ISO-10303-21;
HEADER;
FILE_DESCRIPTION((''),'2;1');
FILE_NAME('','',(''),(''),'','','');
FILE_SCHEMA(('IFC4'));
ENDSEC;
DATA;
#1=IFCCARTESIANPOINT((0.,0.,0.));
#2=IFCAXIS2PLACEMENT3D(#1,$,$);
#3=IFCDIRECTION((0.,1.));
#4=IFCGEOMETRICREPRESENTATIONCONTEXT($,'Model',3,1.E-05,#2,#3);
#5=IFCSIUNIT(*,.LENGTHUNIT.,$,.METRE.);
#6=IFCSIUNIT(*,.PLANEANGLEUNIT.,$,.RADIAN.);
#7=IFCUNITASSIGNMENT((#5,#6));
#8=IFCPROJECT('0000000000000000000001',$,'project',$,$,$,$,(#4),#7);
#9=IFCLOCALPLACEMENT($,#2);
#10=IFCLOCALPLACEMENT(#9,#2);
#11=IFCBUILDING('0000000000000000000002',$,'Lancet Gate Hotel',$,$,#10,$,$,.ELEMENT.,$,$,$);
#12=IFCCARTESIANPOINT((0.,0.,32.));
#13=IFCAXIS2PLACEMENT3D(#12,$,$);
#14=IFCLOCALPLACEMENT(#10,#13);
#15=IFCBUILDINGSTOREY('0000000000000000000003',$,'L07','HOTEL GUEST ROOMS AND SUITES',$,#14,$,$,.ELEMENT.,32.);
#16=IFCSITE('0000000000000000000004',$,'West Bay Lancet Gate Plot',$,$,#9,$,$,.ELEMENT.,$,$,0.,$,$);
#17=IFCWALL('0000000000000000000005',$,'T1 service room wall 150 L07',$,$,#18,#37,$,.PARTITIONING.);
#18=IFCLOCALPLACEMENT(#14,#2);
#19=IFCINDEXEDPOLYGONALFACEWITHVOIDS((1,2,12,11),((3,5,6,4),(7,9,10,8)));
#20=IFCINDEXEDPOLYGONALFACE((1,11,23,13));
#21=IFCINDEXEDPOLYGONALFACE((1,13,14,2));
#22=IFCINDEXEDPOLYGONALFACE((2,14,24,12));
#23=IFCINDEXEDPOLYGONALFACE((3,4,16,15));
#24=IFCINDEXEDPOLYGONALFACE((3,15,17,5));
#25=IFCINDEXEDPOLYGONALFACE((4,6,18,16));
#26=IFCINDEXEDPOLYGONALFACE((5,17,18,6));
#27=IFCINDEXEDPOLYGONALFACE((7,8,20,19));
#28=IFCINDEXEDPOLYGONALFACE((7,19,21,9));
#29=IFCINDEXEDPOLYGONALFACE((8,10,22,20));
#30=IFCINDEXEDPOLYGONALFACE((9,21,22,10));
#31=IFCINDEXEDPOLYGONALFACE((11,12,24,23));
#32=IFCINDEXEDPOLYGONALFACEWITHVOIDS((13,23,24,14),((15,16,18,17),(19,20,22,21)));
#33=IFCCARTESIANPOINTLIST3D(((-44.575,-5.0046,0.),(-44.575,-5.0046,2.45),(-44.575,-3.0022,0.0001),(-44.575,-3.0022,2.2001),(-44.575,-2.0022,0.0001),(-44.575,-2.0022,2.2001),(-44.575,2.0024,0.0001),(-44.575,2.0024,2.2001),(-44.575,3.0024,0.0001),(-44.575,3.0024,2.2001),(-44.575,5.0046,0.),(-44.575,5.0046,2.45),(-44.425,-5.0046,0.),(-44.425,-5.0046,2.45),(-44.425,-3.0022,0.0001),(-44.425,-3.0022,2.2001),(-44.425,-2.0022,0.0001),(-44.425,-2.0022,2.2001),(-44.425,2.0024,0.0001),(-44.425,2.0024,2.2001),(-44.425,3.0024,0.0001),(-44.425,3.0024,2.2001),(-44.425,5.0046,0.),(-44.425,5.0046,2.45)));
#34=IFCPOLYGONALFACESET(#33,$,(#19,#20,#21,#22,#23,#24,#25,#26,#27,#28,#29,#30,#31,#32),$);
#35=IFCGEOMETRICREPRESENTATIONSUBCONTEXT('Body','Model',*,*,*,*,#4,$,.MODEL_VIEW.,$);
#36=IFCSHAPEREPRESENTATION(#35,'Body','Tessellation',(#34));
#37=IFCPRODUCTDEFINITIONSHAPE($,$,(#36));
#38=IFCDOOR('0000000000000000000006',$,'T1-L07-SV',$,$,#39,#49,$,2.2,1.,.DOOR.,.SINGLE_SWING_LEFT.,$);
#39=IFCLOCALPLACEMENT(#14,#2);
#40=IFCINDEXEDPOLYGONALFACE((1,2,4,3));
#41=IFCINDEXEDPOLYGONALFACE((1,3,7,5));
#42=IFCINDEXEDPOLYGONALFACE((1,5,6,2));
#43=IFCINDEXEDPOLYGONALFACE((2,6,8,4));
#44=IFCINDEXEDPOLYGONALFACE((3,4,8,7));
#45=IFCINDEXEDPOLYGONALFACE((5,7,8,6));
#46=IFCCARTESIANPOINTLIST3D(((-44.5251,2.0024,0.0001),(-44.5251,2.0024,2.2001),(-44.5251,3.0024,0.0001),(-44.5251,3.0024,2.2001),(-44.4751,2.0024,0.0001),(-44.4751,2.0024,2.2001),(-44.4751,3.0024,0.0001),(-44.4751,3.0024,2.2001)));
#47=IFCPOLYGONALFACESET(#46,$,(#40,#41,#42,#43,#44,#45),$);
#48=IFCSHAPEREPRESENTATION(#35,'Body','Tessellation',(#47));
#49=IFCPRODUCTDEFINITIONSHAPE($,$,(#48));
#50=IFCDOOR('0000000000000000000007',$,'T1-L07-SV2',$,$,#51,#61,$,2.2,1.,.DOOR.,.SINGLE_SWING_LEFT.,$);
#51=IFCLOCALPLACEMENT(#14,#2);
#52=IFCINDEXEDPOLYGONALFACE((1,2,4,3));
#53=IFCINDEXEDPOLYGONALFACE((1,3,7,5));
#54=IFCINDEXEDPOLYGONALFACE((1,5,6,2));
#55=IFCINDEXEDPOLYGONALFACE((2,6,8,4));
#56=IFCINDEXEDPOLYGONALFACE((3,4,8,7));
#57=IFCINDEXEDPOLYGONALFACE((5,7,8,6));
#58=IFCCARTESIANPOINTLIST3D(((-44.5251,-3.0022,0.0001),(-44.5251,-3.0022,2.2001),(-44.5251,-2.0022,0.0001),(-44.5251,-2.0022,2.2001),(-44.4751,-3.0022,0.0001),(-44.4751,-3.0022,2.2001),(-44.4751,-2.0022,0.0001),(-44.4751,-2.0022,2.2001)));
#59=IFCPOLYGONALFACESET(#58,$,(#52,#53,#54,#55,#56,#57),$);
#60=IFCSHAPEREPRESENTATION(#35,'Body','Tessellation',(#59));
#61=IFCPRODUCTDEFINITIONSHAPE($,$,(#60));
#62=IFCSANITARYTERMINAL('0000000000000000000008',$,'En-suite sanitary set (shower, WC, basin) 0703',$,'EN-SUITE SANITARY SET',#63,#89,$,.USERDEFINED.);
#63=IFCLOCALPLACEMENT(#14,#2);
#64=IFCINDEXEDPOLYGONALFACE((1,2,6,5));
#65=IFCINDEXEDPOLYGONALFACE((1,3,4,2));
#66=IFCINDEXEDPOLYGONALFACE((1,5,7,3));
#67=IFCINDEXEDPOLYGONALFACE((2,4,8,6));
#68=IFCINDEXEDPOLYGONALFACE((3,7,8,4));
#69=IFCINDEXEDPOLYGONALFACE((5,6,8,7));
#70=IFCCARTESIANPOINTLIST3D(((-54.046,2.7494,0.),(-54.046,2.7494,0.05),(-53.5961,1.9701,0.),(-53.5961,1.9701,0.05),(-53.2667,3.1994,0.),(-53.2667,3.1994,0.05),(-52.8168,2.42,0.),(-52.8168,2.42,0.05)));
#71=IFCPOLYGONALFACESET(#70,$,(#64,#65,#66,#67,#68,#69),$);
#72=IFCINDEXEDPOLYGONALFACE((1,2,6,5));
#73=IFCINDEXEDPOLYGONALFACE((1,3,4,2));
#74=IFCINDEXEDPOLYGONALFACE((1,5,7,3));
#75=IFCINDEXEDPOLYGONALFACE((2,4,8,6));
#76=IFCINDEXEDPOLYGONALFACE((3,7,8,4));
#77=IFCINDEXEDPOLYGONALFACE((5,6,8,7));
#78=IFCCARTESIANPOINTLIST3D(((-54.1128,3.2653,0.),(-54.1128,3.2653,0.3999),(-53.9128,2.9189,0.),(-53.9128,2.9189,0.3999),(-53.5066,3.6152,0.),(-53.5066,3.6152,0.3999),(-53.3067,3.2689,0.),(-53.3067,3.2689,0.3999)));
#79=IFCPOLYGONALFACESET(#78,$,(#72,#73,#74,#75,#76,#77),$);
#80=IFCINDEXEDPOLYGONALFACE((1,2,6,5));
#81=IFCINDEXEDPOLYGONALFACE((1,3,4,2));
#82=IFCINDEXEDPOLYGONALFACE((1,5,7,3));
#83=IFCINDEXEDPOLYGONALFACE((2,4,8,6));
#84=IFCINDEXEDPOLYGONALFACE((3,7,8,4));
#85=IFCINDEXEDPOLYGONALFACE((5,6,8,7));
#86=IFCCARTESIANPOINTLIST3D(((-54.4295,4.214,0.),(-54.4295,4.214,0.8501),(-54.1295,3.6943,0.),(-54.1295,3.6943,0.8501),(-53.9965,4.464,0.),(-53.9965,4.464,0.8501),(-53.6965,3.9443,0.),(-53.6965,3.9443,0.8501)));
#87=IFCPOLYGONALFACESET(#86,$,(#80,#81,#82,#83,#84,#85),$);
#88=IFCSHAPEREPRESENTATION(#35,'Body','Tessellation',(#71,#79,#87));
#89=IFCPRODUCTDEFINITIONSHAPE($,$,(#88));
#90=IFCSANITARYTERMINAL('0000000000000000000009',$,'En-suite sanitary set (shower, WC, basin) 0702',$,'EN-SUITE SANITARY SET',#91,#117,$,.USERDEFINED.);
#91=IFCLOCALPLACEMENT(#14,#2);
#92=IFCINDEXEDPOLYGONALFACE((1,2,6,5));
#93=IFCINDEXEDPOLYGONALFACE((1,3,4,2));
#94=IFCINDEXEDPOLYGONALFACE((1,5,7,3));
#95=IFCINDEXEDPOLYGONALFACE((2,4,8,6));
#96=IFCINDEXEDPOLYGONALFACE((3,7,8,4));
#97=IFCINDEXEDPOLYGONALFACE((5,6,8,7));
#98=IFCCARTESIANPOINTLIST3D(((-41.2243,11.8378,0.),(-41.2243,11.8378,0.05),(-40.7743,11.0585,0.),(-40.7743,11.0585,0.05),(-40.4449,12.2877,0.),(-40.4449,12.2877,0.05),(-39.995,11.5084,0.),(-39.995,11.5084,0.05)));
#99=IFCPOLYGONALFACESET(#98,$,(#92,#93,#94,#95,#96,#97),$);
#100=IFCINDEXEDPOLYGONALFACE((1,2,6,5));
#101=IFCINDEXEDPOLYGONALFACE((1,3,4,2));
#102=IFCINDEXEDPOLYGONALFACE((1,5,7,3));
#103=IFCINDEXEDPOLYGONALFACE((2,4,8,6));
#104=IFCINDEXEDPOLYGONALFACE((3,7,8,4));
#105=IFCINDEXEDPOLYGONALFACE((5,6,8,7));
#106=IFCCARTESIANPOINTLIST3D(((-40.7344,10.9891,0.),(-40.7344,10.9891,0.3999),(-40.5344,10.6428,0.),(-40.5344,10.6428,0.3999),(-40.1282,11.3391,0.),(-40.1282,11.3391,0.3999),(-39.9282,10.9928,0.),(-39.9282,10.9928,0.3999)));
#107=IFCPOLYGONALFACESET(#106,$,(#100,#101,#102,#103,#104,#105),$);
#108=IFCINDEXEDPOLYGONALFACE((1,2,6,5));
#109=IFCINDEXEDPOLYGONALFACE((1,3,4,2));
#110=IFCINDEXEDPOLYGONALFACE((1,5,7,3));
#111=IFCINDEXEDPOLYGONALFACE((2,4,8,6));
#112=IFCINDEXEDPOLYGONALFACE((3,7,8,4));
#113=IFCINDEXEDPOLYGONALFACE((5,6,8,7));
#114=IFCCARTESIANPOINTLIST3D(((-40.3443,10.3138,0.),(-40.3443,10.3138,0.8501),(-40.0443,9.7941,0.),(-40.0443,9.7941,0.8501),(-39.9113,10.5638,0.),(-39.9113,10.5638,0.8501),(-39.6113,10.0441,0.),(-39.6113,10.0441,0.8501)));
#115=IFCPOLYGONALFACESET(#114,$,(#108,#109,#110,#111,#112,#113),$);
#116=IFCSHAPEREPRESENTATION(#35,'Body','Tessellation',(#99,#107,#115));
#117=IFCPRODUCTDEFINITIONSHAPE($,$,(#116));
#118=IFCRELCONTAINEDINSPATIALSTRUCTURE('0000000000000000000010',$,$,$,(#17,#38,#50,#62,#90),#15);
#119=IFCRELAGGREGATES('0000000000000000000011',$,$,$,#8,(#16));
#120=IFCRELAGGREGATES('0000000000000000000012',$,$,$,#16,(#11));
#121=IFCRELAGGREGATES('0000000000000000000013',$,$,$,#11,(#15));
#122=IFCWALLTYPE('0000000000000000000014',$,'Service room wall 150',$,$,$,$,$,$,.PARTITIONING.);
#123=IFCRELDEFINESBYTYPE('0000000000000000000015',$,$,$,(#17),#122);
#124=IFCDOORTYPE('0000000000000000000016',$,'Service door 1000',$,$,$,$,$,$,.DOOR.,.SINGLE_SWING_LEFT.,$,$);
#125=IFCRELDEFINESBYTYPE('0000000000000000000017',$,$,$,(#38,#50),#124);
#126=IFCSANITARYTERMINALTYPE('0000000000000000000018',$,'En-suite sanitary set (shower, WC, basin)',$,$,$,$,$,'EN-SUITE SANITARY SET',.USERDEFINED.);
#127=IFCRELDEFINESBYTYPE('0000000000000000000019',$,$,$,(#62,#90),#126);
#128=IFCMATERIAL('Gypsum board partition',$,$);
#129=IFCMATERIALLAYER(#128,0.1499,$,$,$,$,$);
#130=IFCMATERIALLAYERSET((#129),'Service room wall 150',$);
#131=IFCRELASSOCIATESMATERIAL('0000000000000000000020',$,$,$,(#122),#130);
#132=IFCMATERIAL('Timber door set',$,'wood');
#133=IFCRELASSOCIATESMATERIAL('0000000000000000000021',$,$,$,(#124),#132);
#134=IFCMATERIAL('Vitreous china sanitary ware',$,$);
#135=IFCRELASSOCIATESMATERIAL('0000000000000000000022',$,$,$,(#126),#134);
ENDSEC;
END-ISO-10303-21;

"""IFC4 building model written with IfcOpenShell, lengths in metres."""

from ifc_helpers import new_model, si_unit, direction, frame, frame_2d, origin, origin_2d, place, context, subcontext, project, spatial, rectangle, extrude, material, layer, layer_set, type_object, element, fill, save


model = new_model("IFC4")

# Units and contexts
model_context = context("Model", 3, precision=1e-05, world=origin(), true_north=direction((0.0, 1.0)))
body_context = subcontext(model_context, "Body", "Model", "MODEL_VIEW")
ifc_project = project(units=[si_unit("LENGTHUNIT", "METRE"), si_unit("PLANEANGLEUNIT", "RADIAN")], contexts=[model_context])

# Site, building, storey
site_placement = place(None, origin())
site = spatial("IfcSite", under=ifc_project, at=site_placement, Name="West Bay Lancet Gate Plot", CompositionType="ELEMENT", RefElevation=0.0)
building_placement = place(site_placement, origin())
building = spatial("IfcBuilding", under=site, at=building_placement, Name="Lancet Gate Hotel", CompositionType="ELEMENT")
storey_placement = place(building_placement, frame((0.0, 0.0, 32.0)))
storey = spatial("IfcBuildingStorey", under=building, at=storey_placement, Name="L07", Description="HOTEL GUEST ROOMS AND SUITES", CompositionType="ELEMENT", Elevation=32.0)

# Shared definitions
ifc_material_1 = material(Name="Gypsum board partition")
ifc_layer_1 = layer(ifc_material_1, 0.1499)
ifc_layer_set_1 = layer_set([ifc_layer_1], Name="Service room wall 150")
wall_type_1 = type_object("IfcWallType", Name="Service room wall 150", PredefinedType="PARTITIONING", material=ifc_layer_set_1)

# Wall, openings, doors
wall_1_placement = place(storey_placement, frame((-44.5, 5.0046, 0.0), z_axis=(0.0, 0.0, 1.0), x_axis=(0.0, -1.0, 0.0)))
wall_1 = element("IfcWall", 1, at=wall_1_placement, inside=storey, type_object=wall_type_1, Name="T1 service room wall 150 L07", PredefinedType="PARTITIONING", context=body_context, shape_type="SweptSolid", body=[
    extrude(rectangle(XDim=10.0093, YDim=0.1499, at=frame_2d((5.0046, 0.0))), origin(), (0.0, 0.0, 1.0), 2.45),
])
opening_1_placement = place(wall_1_placement, frame((2.0022, 0.0, 0.0)))
opening_1 = element("IfcOpeningElement", 2, at=opening_1_placement, cuts=wall_1, PredefinedType="OPENING", context=body_context, shape_type="SweptSolid", body=[
    extrude(rectangle(XDim=1.0, YDim=2.2, at=frame_2d((0.5, 1.1001))), frame((0.0, 0.085, 0.0), z_axis=(0.0, -1.0, 0.0), x_axis=(1.0, 0.0, 0.0)), (0.0, 0.0, 1.0), 0.1699),
])
opening_2_placement = place(wall_1_placement, frame((7.0068, 0.0, 0.0)))
opening_2 = element("IfcOpeningElement", 3, at=opening_2_placement, cuts=wall_1, PredefinedType="OPENING", context=body_context, shape_type="SweptSolid", body=[
    extrude(rectangle(XDim=1.0, YDim=2.2, at=frame_2d((0.5, 1.1001))), frame((0.0, 0.085, 0.0), z_axis=(0.0, -1.0, 0.0), x_axis=(1.0, 0.0, 0.0)), (0.0, 0.0, 1.0), 0.1699),
])
ifc_material_2 = material(Name="Timber door set", Category="wood")
door_type_1 = type_object("IfcDoorType", Name="Service door 1000", OperationType="SINGLE_SWING_LEFT", PredefinedType="DOOR", material=ifc_material_2)
door_1_placement = place(opening_1_placement, origin())
door_1 = element("IfcDoor", 4, at=door_1_placement, inside=storey, type_object=door_type_1, Name="T1-L07-SV", OperationType="SINGLE_SWING_LEFT", OverallHeight=2.2, OverallWidth=1.0, PredefinedType="DOOR", context=body_context, shape_type="SweptSolid", body=[
    extrude(rectangle(XDim=1.0, YDim=2.2, at=frame_2d((0.5, 1.1001))), frame((0.0, 0.0249, 0.0), z_axis=(0.0, -1.0, 0.0), x_axis=(1.0, 0.0, 0.0)), (0.0, 0.0, 1.0), 0.05),
])
fill(opening_1, door_1)
door_2_placement = place(opening_2_placement, origin())
door_2 = element("IfcDoor", 5, at=door_2_placement, inside=storey, type_object=door_type_1, Name="T1-L07-SV2", OperationType="SINGLE_SWING_LEFT", OverallHeight=2.2, OverallWidth=1.0, PredefinedType="DOOR", context=body_context, shape_type="SweptSolid", body=[
    extrude(rectangle(XDim=1.0, YDim=2.2, at=frame_2d((0.5, 1.1001))), frame((0.0, 0.0249, 0.0), z_axis=(0.0, -1.0, 0.0), x_axis=(1.0, 0.0, 0.0)), (0.0, 0.0, 1.0), 0.05),
])
fill(opening_2, door_2)

# Sanitary terminals
ifc_material_3 = material(Name="Vitreous china sanitary ware")
sanitary_terminal_type = type_object("IfcSanitaryTerminalType", Name="En-suite sanitary set (shower, WC, basin)", ElementType="EN-SUITE SANITARY SET", PredefinedType="USERDEFINED", material=ifc_material_3)
sanitary_terminal_1_placement = place(storey_placement, frame((-53.4314, 2.5847, 0.0), z_axis=(0.0, 0.0, 1.0), x_axis=(1.0, 0.0, 0.0)))
element("IfcSanitaryTerminal", 6, at=sanitary_terminal_1_placement, inside=storey, type_object=sanitary_terminal_type, Name="En-suite sanitary set (shower, WC, basin) 0703", ObjectType="EN-SUITE SANITARY SET", PredefinedType="USERDEFINED", context=body_context, shape_type="SweptSolid", body=[
    extrude(rectangle(XDim=0.8999, YDim=0.8999, at=origin_2d()), frame((0.0, 0.0, 0.0), z_axis=(0.0, 0.0, 1.0), x_axis=(0.5, -0.866025, 0.0)), (0.0, 0.0, 1.0), 0.05),
    extrude(rectangle(XDim=0.3999, YDim=0.7, at=origin_2d()), frame((-0.2783, 0.6824, 0.0), z_axis=(0.0, 0.0, 1.0), x_axis=(0.5, -0.866025, 0.0)), (0.0, 0.0, 1.0), 0.3999),
    extrude(rectangle(XDim=0.6001, YDim=0.5, at=origin_2d()), frame((-0.6316, 1.4944, 0.0), z_axis=(0.0, 0.0, 1.0), x_axis=(0.5, -0.866025, 0.0)), (0.0, 0.0, 1.0), 0.8501),
])
sanitary_terminal_2_placement = place(storey_placement, frame((-40.6096, 11.6731, 0.0), z_axis=(0.0, 0.0, 1.0), x_axis=(1.0, 0.0, 0.0)))
element("IfcSanitaryTerminal", 7, at=sanitary_terminal_2_placement, inside=storey, type_object=sanitary_terminal_type, Name="En-suite sanitary set (shower, WC, basin) 0702", ObjectType="EN-SUITE SANITARY SET", PredefinedType="USERDEFINED", context=body_context, shape_type="SweptSolid", body=[
    extrude(rectangle(XDim=0.8999, YDim=0.8999, at=origin_2d()), frame((0.0, 0.0, 0.0), z_axis=(0.0, 0.0, 1.0), x_axis=(-0.5, 0.866025, 0.0)), (0.0, 0.0, 1.0), 0.05),
    extrude(rectangle(XDim=0.3999, YDim=0.7, at=origin_2d()), frame((0.2783, -0.6821, 0.0), z_axis=(0.0, 0.0, 1.0), x_axis=(-0.5, 0.866025, 0.0)), (0.0, 0.0, 1.0), 0.3999),
    extrude(rectangle(XDim=0.6001, YDim=0.5, at=origin_2d()), frame((0.6318, -1.4941, 0.0), z_axis=(0.0, 0.0, 1.0), x_axis=(-0.5, 0.866025, 0.0)), (0.0, 0.0, 1.0), 0.8501),
])

save(model, "model.ifc")
